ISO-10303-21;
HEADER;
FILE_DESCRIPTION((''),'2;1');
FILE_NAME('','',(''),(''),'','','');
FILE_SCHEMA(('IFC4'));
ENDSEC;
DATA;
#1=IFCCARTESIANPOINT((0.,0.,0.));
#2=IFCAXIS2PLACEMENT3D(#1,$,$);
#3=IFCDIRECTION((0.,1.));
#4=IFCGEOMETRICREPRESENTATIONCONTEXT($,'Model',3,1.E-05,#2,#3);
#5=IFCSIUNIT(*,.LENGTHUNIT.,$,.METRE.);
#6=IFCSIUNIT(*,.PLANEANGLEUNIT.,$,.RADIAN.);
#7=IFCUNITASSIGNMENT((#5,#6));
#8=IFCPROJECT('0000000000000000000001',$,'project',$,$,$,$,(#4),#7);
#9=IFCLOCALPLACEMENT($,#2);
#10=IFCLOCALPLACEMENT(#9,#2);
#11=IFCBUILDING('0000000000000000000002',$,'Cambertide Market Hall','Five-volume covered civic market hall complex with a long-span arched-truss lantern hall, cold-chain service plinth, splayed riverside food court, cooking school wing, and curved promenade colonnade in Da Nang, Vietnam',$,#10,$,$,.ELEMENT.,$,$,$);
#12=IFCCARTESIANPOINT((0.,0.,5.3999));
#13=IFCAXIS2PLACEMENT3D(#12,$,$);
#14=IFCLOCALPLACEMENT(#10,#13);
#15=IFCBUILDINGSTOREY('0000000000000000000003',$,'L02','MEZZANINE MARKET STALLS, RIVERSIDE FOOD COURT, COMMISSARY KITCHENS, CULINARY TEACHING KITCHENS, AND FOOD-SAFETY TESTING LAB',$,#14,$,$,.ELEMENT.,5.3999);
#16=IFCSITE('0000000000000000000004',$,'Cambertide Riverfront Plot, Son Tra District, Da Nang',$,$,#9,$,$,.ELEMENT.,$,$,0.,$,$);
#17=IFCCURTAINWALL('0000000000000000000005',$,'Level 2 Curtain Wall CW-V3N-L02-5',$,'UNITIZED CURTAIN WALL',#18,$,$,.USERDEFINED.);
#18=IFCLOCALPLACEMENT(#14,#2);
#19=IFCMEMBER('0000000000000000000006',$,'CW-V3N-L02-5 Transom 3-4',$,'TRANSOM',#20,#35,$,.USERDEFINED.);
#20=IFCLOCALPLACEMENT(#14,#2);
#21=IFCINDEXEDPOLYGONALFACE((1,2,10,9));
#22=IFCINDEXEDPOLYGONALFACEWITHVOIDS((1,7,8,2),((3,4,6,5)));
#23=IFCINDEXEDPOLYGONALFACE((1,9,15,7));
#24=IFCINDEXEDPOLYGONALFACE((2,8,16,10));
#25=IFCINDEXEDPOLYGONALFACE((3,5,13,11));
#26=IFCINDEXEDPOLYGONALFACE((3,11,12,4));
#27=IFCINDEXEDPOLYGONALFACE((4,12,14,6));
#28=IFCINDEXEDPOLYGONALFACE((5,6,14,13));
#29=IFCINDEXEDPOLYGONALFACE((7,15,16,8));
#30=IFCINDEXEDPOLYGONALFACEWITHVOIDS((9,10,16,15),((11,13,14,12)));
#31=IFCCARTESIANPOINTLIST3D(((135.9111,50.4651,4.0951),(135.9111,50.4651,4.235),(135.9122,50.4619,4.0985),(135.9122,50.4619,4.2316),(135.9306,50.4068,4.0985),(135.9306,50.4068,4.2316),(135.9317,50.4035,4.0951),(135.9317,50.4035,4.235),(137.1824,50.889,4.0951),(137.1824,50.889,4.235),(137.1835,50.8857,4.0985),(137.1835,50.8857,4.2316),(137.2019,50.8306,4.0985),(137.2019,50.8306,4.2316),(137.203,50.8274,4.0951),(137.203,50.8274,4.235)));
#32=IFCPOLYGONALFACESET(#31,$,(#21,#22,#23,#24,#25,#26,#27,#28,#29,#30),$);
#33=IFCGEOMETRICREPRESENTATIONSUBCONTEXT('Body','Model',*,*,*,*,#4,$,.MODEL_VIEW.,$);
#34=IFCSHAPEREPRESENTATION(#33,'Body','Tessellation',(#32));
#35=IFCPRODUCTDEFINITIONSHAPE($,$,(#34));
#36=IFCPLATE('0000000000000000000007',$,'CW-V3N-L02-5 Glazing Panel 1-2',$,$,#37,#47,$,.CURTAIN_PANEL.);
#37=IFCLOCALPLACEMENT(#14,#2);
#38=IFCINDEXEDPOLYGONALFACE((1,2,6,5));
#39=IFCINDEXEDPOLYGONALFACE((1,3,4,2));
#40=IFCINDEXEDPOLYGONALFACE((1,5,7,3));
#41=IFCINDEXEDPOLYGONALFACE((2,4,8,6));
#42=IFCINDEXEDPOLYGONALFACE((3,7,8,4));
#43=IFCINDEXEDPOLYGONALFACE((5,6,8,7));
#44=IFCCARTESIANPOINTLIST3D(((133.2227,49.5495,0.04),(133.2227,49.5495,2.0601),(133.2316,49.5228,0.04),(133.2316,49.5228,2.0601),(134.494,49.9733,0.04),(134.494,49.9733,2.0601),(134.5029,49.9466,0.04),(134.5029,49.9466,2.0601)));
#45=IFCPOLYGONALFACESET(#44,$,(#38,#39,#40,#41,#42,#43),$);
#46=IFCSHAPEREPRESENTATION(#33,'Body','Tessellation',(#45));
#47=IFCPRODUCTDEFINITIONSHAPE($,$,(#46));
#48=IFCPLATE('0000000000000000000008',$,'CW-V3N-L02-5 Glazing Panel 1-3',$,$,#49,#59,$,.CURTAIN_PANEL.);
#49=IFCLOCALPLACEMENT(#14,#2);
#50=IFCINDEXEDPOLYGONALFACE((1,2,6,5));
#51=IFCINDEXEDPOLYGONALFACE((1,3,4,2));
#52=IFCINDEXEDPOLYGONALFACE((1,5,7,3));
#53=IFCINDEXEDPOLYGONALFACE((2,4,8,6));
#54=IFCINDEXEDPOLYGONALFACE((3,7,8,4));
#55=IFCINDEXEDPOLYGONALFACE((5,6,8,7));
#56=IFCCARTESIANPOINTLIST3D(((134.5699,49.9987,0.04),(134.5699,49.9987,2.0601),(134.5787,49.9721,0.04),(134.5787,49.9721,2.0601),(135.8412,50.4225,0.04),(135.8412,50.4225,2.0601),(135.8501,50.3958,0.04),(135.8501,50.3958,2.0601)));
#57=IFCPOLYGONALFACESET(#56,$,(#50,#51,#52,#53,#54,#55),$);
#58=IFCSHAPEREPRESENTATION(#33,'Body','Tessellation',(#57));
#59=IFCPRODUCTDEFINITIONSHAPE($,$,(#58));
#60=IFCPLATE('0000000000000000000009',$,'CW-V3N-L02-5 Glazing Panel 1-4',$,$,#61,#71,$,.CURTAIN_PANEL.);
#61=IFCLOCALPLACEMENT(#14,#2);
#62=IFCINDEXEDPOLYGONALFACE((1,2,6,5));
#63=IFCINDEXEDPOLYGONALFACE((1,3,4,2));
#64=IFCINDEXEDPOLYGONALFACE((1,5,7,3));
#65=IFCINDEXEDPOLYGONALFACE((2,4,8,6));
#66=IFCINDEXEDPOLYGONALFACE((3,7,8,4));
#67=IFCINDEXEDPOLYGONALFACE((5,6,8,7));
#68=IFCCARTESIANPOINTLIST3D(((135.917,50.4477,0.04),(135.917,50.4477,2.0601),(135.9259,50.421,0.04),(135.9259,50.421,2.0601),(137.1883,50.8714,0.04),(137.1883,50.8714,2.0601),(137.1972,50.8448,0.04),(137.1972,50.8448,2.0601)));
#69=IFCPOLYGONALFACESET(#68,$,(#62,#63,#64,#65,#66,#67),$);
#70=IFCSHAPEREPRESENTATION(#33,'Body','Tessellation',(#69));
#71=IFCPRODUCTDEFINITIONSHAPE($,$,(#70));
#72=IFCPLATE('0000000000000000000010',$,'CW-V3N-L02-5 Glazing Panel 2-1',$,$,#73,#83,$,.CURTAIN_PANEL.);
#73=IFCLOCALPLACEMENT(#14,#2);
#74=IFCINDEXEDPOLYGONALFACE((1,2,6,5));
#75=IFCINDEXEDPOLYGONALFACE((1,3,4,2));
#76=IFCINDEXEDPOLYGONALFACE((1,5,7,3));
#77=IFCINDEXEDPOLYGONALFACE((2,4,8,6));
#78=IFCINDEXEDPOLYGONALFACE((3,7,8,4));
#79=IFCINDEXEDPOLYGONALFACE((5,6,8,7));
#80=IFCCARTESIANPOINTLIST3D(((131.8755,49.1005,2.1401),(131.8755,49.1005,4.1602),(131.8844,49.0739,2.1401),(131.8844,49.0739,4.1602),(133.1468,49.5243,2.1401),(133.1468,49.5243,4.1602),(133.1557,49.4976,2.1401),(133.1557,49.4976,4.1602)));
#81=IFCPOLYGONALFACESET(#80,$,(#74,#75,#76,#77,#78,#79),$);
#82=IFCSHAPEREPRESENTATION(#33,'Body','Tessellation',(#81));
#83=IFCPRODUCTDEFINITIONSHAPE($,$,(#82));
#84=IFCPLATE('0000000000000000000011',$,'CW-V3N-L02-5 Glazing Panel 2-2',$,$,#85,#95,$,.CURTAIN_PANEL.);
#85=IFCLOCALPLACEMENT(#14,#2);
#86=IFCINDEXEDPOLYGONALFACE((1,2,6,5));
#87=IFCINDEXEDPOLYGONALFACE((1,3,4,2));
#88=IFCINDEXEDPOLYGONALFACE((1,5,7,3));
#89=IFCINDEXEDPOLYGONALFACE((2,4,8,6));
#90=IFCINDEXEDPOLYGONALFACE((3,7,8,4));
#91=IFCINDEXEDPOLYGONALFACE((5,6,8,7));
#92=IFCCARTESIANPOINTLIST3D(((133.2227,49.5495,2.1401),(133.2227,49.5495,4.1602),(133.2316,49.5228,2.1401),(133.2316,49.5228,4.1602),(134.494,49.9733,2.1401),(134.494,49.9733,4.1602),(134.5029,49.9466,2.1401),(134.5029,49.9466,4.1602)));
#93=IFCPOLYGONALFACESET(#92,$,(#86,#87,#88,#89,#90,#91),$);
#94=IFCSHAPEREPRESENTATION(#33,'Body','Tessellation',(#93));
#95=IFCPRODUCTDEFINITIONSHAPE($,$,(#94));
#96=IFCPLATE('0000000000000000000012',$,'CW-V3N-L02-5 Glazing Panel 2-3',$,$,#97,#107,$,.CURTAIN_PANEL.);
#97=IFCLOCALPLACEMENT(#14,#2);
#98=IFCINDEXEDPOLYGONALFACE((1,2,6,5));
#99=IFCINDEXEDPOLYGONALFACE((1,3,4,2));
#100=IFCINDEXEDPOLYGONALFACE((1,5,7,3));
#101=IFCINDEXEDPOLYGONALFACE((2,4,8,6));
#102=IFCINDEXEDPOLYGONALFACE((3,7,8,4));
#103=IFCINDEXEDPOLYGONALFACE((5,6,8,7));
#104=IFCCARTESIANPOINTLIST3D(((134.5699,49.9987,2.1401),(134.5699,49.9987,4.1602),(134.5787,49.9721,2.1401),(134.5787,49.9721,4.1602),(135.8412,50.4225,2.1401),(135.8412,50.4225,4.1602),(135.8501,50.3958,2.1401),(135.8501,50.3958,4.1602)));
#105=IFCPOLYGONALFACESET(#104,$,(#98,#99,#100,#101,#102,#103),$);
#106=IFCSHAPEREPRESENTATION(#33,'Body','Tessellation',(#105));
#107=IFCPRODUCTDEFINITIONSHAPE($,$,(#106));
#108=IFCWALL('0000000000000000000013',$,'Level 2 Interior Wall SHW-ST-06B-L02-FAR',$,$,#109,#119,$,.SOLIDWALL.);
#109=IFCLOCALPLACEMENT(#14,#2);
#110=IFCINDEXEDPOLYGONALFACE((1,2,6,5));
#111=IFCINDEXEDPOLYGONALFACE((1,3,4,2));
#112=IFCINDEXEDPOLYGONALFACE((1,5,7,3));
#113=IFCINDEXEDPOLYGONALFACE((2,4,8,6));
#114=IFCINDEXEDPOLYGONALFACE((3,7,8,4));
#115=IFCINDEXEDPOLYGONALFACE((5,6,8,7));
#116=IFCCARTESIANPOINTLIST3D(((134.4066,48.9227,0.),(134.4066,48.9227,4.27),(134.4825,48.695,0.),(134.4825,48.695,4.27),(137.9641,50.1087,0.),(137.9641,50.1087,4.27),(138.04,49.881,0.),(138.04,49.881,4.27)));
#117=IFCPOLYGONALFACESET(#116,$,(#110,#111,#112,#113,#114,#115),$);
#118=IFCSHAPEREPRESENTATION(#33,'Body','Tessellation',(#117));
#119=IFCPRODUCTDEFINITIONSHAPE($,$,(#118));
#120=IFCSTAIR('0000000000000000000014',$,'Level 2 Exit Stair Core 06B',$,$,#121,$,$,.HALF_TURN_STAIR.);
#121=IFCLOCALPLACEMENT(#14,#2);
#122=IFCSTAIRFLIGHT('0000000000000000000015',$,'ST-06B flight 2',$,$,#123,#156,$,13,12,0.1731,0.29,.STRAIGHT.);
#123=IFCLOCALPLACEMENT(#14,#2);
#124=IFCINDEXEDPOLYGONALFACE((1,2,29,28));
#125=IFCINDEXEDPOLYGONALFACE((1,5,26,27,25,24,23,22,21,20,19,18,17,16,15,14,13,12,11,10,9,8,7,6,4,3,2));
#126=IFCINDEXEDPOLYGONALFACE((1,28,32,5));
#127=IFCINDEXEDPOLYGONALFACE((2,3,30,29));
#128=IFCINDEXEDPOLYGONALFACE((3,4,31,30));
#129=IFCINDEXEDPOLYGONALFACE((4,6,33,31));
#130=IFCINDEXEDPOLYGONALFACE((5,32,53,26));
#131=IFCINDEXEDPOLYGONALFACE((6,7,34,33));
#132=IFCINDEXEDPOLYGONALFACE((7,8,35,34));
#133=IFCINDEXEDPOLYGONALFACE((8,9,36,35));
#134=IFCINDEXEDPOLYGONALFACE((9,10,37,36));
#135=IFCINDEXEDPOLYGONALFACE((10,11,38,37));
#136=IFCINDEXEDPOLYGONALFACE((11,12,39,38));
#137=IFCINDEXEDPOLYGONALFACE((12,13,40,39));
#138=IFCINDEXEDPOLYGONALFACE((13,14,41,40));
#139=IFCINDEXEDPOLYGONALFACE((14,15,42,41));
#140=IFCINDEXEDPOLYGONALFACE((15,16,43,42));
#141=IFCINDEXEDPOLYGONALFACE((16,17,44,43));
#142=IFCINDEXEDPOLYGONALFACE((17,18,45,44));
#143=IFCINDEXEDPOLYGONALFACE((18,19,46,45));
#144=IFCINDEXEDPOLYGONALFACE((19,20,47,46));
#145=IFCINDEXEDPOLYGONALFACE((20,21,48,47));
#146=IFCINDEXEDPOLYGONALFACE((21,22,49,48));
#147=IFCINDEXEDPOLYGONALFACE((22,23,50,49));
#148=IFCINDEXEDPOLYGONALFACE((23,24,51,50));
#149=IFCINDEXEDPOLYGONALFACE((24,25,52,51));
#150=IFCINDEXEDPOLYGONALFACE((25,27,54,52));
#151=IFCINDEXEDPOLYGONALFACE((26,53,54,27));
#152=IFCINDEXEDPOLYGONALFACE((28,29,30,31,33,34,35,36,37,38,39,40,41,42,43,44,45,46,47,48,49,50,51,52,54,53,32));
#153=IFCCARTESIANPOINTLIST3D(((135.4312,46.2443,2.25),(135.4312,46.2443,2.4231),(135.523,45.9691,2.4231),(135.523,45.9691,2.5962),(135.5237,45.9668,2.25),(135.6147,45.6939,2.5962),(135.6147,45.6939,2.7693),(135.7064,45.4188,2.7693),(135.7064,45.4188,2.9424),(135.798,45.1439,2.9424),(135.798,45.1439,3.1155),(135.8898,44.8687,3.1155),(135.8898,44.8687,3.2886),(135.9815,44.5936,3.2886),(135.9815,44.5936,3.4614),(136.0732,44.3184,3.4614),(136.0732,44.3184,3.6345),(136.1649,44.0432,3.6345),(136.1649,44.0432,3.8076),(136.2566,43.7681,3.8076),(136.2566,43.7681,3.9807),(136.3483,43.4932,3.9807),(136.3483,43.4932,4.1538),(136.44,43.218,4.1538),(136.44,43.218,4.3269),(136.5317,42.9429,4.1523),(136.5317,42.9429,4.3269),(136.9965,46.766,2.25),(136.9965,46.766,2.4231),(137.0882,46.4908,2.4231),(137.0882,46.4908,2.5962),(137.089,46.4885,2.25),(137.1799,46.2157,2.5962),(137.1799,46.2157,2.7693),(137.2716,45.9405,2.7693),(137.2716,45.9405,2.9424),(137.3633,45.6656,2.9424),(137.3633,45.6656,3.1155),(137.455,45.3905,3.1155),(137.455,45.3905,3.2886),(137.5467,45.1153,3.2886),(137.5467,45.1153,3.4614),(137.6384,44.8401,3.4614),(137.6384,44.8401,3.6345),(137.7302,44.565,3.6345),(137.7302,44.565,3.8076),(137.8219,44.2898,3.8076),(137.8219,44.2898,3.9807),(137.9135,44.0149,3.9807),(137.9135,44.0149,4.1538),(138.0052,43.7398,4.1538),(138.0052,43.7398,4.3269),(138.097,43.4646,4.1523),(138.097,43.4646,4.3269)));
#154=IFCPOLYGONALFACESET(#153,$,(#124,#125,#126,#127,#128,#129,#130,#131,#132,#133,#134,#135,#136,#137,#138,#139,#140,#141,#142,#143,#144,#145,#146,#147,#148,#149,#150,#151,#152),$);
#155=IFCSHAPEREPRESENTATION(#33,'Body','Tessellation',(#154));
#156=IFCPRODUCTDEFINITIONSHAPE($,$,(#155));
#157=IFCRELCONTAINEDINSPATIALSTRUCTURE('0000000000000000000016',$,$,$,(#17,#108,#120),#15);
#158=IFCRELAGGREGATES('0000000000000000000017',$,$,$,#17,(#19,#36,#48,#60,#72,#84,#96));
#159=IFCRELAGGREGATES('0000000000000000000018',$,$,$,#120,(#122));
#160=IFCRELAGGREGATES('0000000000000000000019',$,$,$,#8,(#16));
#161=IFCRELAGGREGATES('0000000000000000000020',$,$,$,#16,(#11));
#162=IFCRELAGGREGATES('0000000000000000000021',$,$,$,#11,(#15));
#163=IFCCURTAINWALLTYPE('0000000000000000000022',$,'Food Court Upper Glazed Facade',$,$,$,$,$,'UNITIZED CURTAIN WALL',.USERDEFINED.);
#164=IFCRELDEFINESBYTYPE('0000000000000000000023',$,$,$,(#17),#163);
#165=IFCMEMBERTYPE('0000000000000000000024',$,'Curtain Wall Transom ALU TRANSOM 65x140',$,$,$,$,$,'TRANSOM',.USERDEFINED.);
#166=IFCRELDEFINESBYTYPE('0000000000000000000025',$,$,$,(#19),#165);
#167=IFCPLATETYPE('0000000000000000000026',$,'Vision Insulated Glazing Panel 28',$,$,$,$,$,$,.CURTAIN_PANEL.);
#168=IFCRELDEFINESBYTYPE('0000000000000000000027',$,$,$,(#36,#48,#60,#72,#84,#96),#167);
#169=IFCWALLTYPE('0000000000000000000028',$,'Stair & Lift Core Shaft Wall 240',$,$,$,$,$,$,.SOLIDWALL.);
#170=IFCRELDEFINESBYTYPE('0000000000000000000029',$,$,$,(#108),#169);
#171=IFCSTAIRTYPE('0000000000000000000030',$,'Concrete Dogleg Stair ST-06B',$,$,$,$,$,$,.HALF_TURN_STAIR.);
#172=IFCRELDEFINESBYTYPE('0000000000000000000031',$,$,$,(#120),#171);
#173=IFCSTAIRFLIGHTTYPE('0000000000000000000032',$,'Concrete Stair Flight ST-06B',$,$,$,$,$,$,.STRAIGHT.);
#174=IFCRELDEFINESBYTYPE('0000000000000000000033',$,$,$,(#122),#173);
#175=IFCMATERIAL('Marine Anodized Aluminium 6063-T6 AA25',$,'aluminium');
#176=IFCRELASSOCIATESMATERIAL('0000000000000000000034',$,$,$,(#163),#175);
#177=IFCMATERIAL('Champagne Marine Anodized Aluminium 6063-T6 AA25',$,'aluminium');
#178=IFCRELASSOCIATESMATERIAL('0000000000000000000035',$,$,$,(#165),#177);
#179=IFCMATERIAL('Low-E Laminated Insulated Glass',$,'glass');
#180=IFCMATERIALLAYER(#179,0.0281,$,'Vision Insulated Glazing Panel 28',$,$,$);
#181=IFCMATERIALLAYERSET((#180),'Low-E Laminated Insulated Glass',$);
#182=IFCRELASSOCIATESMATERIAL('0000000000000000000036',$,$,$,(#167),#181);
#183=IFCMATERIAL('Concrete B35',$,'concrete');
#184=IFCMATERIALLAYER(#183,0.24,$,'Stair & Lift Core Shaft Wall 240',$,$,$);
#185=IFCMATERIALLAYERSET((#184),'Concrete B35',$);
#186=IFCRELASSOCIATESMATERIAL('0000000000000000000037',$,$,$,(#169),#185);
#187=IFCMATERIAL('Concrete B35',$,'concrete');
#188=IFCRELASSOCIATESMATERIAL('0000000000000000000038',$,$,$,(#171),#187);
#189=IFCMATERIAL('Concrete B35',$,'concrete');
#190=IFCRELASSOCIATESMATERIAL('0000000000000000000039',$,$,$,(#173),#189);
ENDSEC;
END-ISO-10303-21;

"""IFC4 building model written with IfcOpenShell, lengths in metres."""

from ifc_helpers import new_model, si_unit, direction, frame, frame_2d, origin, origin_2d, place, context, subcontext, project, spatial, polyline, rectangle, hollow_rectangle, outline, extrude, material, layer, layer_set, material_profile, profile_set, type_object, element, aggregate, save


model = new_model("IFC4")

# Units and contexts
model_context = context("Model", 3, precision=1e-05, world=origin(), true_north=direction((0.0, 1.0)))
body_context = subcontext(model_context, "Body", "Model", "MODEL_VIEW")
ifc_project = project(units=[si_unit("LENGTHUNIT", "METRE"), si_unit("PLANEANGLEUNIT", "RADIAN")], contexts=[model_context])

# Site, building, storey
site_placement = place(None, origin())
site = spatial("IfcSite", under=ifc_project, at=site_placement, Name="Cambertide Riverfront Plot, Son Tra District, Da Nang", CompositionType="ELEMENT", RefElevation=0.0)
building_placement = place(site_placement, origin())
building = spatial("IfcBuilding", under=site, at=building_placement, Name="Cambertide Market Hall", Description="Five-volume covered civic market hall complex with a long-span arched-truss lantern hall, cold-chain service plinth, splayed riverside food court, cooking school wing, and curved promenade colonnade in Da Nang, Vietnam", CompositionType="ELEMENT")
storey_placement = place(building_placement, frame((0.0, 0.0, 5.3999)))
storey = spatial("IfcBuildingStorey", under=building, at=storey_placement, Name="L02", Description="MEZZANINE MARKET STALLS, RIVERSIDE FOOD COURT, COMMISSARY KITCHENS, CULINARY TEACHING KITCHENS, AND FOOD-SAFETY TESTING LAB", CompositionType="ELEMENT", Elevation=5.3999)

# Curtain wall, member, plates
ifc_material_1 = material(Name="Marine Anodized Aluminium 6063-T6 AA25", Category="aluminium")
curtain_wall_type = type_object("IfcCurtainWallType", Name="Food Court Upper Glazed Facade", ElementType="UNITIZED CURTAIN WALL", PredefinedType="USERDEFINED", material=ifc_material_1)
curtain_wall_placement = place(storey_placement, origin())
curtain_wall = element("IfcCurtainWall", 1, at=curtain_wall_placement, inside=storey, type_object=curtain_wall_type, Name="Level 2 Curtain Wall CW-V3N-L02-5", ObjectType="UNITIZED CURTAIN WALL", PredefinedType="USERDEFINED")
ifc_material_2 = material(Name="Champagne Marine Anodized Aluminium 6063-T6 AA25", Category="aluminium")
ifc_material_profile_1 = material_profile(ifc_material_2, hollow_rectangle(XDim=0.0649, YDim=0.1399, WallThickness=0.0034, at=origin_2d()), Name="ALU TRANSOM 65x140")
ifc_profile_set_1 = profile_set([ifc_material_profile_1], Name="Champagne Marine Anodized Aluminium 6063-T6 AA25")
member_type_1 = type_object("IfcMemberType", Name="Curtain Wall Transom ALU TRANSOM 65x140", ElementType="TRANSOM", PredefinedType="USERDEFINED", material=ifc_profile_set_1)
member_1_placement = place(storey_placement, frame((135.9214, 50.4343, 4.165), z_axis=(0.948665, 0.316282, 0.0), x_axis=(-0.316282, 0.948665, 0.0)))
member_1 = element("IfcMember", 2, at=member_1_placement, type_object=member_type_1, Name="CW-V3N-L02-5 Transom 3-4", ObjectType="TRANSOM", PredefinedType="USERDEFINED", context=body_context, shape_type="SweptSolid", body=[
    extrude(hollow_rectangle(XDim=0.0649, YDim=0.1399, WallThickness=0.0034, at=origin_2d()), origin(), (0.0, 0.0, 1.0), 1.3401),
])
ifc_material_3 = material(Name="Low-E Laminated Insulated Glass", Category="glass")
ifc_layer_1 = layer(ifc_material_3, 0.0281, Name="Vision Insulated Glazing Panel 28")
ifc_layer_set_1 = layer_set([ifc_layer_1], Name="Low-E Laminated Insulated Glass")
plate_type = type_object("IfcPlateType", Name="Vision Insulated Glazing Panel 28", PredefinedType="CURTAIN_PANEL", material=ifc_layer_set_1)
plate_1_placement = place(storey_placement, frame((133.8628, 49.748, 0.04), z_axis=(0.0, 0.0, 1.0), x_axis=(0.948683, 0.316228, 0.0)))
plate_1 = element("IfcPlate", 3, at=plate_1_placement, type_object=plate_type, Name="CW-V3N-L02-5 Glazing Panel 1-2", PredefinedType="CURTAIN_PANEL", context=body_context, shape_type="SweptSolid", body=[
    extrude(rectangle(XDim=1.3401, YDim=0.0281, at=origin_2d()), origin(), (0.0, 0.0, 1.0), 2.02),
])
plate_2_placement = place(storey_placement, frame((135.21, 50.1973, 0.04), z_axis=(0.0, 0.0, 1.0), x_axis=(0.948683, 0.316228, 0.0)))
plate_2 = element("IfcPlate", 4, at=plate_2_placement, type_object=plate_type, Name="CW-V3N-L02-5 Glazing Panel 1-3", PredefinedType="CURTAIN_PANEL", context=body_context, shape_type="SweptSolid", body=[
    extrude(rectangle(XDim=1.3401, YDim=0.0281, at=origin_2d()), origin(), (0.0, 0.0, 1.0), 2.02),
])
plate_3_placement = place(storey_placement, frame((136.5571, 50.6462, 0.04), z_axis=(0.0, 0.0, 1.0), x_axis=(0.948683, 0.316228, 0.0)))
plate_3 = element("IfcPlate", 5, at=plate_3_placement, type_object=plate_type, Name="CW-V3N-L02-5 Glazing Panel 1-4", PredefinedType="CURTAIN_PANEL", context=body_context, shape_type="SweptSolid", body=[
    extrude(rectangle(XDim=1.3401, YDim=0.0281, at=origin_2d()), origin(), (0.0, 0.0, 1.0), 2.02),
])
plate_4_placement = place(storey_placement, frame((132.5156, 49.2991, 2.1401), z_axis=(0.0, 0.0, 1.0), x_axis=(0.948683, 0.316228, 0.0)))
plate_4 = element("IfcPlate", 6, at=plate_4_placement, type_object=plate_type, Name="CW-V3N-L02-5 Glazing Panel 2-1", PredefinedType="CURTAIN_PANEL", context=body_context, shape_type="SweptSolid", body=[
    extrude(rectangle(XDim=1.3401, YDim=0.0281, at=origin_2d()), origin(), (0.0, 0.0, 1.0), 2.02),
])
plate_5_placement = place(storey_placement, frame((133.8628, 49.748, 2.1401), z_axis=(0.0, 0.0, 1.0), x_axis=(0.948683, 0.316228, 0.0)))
plate_5 = element("IfcPlate", 7, at=plate_5_placement, type_object=plate_type, Name="CW-V3N-L02-5 Glazing Panel 2-2", PredefinedType="CURTAIN_PANEL", context=body_context, shape_type="SweptSolid", body=[
    extrude(rectangle(XDim=1.3401, YDim=0.0281, at=origin_2d()), origin(), (0.0, 0.0, 1.0), 2.02),
])
plate_6_placement = place(storey_placement, frame((135.21, 50.1973, 2.1401), z_axis=(0.0, 0.0, 1.0), x_axis=(0.948683, 0.316228, 0.0)))
plate_6 = element("IfcPlate", 8, at=plate_6_placement, type_object=plate_type, Name="CW-V3N-L02-5 Glazing Panel 2-3", PredefinedType="CURTAIN_PANEL", context=body_context, shape_type="SweptSolid", body=[
    extrude(rectangle(XDim=1.3401, YDim=0.0281, at=origin_2d()), origin(), (0.0, 0.0, 1.0), 2.02),
])
aggregate(curtain_wall, [member_1, plate_1, plate_2, plate_3, plate_4, plate_5, plate_6])

# Wall
ifc_material_4 = material(Name="Concrete B35", Category="concrete")
ifc_layer_2 = layer(ifc_material_4, 0.24, Name="Stair & Lift Core Shaft Wall 240")
ifc_layer_set_2 = layer_set([ifc_layer_2], Name="Concrete B35")
wall_type = type_object("IfcWallType", Name="Stair & Lift Core Shaft Wall 240", PredefinedType="SOLIDWALL", material=ifc_layer_set_2)
wall_placement = place(storey_placement, frame((134.4446, 48.8088, 0.0), z_axis=(0.0, 0.0, 1.0), x_axis=(0.94867, 0.316267, 0.0)))
element("IfcWall", 9, at=wall_placement, inside=storey, type_object=wall_type, Name="Level 2 Interior Wall SHW-ST-06B-L02-FAR", PredefinedType="SOLIDWALL", context=body_context, shape_type="SweptSolid", body=[
    extrude(rectangle(XDim=3.75, YDim=0.24, at=frame_2d((1.875, 0.0))), origin(), (0.0, 0.0, 1.0), 4.27),
])

# Stair, stair flight
ifc_material_5 = material(Name="Concrete B35", Category="concrete")
stair_type = type_object("IfcStairType", Name="Concrete Dogleg Stair ST-06B", PredefinedType="HALF_TURN_STAIR", material=ifc_material_5)
stair_placement = place(storey_placement, origin())
stair = element("IfcStair", 10, at=stair_placement, inside=storey, type_object=stair_type, Name="Level 2 Exit Stair Core 06B", PredefinedType="HALF_TURN_STAIR")
ifc_material_6 = material(Name="Concrete B35", Category="concrete")
stair_flight_type = type_object("IfcStairFlightType", Name="Concrete Stair Flight ST-06B", PredefinedType="STRAIGHT", material=ifc_material_6)
stair_flight_placement = place(storey_placement, frame((136.2139, 46.5051, 2.25), z_axis=(0.0, 0.0, 1.0), x_axis=(0.316228, -0.948683, 0.0)))
stair_flight = element("IfcStairFlight", 11, at=stair_flight_placement, type_object=stair_flight_type, Name="ST-06B flight 2", NumberOfRisers=13, NumberOfTreads=12, PredefinedType="STRAIGHT", RiserHeight=0.1731, TreadLength=0.29, context=body_context, shape_type="SweptSolid", body=[
    extrude(outline(polyline([(0.0, 0.0), (0.0, 0.1731), (0.29, 0.1731), (0.29, 0.3462), (0.5801, 0.3462), (0.5801, 0.5193), (0.8701, 0.5193), (0.8701, 0.6924), (1.1599, 0.6924), (1.1599, 0.8655), (1.45, 0.8655), (1.45, 1.0386), (1.74, 1.0386), (1.74, 1.2114), (2.03, 1.2114), (2.03, 1.3845), (2.3201, 1.3845), (2.3201, 1.5576), (2.6101, 1.5576), (2.6101, 1.7307), (2.8999, 1.7307), (2.8999, 1.9038), (3.1899, 1.9038), (3.1899, 2.0769), (3.48, 2.0769), (3.48, 2.25), (3.48, 1.9023), (0.2925, 0.0), (0.0, 0.0)])), frame((0.0, 0.825, 0.0), z_axis=(0.0, -1.0, 0.0), x_axis=(1.0, 0.0, 0.0)), (0.0, 0.0, 1.0), 1.6499),
])
aggregate(stair, [stair_flight])

save(model, "model.ifc")
